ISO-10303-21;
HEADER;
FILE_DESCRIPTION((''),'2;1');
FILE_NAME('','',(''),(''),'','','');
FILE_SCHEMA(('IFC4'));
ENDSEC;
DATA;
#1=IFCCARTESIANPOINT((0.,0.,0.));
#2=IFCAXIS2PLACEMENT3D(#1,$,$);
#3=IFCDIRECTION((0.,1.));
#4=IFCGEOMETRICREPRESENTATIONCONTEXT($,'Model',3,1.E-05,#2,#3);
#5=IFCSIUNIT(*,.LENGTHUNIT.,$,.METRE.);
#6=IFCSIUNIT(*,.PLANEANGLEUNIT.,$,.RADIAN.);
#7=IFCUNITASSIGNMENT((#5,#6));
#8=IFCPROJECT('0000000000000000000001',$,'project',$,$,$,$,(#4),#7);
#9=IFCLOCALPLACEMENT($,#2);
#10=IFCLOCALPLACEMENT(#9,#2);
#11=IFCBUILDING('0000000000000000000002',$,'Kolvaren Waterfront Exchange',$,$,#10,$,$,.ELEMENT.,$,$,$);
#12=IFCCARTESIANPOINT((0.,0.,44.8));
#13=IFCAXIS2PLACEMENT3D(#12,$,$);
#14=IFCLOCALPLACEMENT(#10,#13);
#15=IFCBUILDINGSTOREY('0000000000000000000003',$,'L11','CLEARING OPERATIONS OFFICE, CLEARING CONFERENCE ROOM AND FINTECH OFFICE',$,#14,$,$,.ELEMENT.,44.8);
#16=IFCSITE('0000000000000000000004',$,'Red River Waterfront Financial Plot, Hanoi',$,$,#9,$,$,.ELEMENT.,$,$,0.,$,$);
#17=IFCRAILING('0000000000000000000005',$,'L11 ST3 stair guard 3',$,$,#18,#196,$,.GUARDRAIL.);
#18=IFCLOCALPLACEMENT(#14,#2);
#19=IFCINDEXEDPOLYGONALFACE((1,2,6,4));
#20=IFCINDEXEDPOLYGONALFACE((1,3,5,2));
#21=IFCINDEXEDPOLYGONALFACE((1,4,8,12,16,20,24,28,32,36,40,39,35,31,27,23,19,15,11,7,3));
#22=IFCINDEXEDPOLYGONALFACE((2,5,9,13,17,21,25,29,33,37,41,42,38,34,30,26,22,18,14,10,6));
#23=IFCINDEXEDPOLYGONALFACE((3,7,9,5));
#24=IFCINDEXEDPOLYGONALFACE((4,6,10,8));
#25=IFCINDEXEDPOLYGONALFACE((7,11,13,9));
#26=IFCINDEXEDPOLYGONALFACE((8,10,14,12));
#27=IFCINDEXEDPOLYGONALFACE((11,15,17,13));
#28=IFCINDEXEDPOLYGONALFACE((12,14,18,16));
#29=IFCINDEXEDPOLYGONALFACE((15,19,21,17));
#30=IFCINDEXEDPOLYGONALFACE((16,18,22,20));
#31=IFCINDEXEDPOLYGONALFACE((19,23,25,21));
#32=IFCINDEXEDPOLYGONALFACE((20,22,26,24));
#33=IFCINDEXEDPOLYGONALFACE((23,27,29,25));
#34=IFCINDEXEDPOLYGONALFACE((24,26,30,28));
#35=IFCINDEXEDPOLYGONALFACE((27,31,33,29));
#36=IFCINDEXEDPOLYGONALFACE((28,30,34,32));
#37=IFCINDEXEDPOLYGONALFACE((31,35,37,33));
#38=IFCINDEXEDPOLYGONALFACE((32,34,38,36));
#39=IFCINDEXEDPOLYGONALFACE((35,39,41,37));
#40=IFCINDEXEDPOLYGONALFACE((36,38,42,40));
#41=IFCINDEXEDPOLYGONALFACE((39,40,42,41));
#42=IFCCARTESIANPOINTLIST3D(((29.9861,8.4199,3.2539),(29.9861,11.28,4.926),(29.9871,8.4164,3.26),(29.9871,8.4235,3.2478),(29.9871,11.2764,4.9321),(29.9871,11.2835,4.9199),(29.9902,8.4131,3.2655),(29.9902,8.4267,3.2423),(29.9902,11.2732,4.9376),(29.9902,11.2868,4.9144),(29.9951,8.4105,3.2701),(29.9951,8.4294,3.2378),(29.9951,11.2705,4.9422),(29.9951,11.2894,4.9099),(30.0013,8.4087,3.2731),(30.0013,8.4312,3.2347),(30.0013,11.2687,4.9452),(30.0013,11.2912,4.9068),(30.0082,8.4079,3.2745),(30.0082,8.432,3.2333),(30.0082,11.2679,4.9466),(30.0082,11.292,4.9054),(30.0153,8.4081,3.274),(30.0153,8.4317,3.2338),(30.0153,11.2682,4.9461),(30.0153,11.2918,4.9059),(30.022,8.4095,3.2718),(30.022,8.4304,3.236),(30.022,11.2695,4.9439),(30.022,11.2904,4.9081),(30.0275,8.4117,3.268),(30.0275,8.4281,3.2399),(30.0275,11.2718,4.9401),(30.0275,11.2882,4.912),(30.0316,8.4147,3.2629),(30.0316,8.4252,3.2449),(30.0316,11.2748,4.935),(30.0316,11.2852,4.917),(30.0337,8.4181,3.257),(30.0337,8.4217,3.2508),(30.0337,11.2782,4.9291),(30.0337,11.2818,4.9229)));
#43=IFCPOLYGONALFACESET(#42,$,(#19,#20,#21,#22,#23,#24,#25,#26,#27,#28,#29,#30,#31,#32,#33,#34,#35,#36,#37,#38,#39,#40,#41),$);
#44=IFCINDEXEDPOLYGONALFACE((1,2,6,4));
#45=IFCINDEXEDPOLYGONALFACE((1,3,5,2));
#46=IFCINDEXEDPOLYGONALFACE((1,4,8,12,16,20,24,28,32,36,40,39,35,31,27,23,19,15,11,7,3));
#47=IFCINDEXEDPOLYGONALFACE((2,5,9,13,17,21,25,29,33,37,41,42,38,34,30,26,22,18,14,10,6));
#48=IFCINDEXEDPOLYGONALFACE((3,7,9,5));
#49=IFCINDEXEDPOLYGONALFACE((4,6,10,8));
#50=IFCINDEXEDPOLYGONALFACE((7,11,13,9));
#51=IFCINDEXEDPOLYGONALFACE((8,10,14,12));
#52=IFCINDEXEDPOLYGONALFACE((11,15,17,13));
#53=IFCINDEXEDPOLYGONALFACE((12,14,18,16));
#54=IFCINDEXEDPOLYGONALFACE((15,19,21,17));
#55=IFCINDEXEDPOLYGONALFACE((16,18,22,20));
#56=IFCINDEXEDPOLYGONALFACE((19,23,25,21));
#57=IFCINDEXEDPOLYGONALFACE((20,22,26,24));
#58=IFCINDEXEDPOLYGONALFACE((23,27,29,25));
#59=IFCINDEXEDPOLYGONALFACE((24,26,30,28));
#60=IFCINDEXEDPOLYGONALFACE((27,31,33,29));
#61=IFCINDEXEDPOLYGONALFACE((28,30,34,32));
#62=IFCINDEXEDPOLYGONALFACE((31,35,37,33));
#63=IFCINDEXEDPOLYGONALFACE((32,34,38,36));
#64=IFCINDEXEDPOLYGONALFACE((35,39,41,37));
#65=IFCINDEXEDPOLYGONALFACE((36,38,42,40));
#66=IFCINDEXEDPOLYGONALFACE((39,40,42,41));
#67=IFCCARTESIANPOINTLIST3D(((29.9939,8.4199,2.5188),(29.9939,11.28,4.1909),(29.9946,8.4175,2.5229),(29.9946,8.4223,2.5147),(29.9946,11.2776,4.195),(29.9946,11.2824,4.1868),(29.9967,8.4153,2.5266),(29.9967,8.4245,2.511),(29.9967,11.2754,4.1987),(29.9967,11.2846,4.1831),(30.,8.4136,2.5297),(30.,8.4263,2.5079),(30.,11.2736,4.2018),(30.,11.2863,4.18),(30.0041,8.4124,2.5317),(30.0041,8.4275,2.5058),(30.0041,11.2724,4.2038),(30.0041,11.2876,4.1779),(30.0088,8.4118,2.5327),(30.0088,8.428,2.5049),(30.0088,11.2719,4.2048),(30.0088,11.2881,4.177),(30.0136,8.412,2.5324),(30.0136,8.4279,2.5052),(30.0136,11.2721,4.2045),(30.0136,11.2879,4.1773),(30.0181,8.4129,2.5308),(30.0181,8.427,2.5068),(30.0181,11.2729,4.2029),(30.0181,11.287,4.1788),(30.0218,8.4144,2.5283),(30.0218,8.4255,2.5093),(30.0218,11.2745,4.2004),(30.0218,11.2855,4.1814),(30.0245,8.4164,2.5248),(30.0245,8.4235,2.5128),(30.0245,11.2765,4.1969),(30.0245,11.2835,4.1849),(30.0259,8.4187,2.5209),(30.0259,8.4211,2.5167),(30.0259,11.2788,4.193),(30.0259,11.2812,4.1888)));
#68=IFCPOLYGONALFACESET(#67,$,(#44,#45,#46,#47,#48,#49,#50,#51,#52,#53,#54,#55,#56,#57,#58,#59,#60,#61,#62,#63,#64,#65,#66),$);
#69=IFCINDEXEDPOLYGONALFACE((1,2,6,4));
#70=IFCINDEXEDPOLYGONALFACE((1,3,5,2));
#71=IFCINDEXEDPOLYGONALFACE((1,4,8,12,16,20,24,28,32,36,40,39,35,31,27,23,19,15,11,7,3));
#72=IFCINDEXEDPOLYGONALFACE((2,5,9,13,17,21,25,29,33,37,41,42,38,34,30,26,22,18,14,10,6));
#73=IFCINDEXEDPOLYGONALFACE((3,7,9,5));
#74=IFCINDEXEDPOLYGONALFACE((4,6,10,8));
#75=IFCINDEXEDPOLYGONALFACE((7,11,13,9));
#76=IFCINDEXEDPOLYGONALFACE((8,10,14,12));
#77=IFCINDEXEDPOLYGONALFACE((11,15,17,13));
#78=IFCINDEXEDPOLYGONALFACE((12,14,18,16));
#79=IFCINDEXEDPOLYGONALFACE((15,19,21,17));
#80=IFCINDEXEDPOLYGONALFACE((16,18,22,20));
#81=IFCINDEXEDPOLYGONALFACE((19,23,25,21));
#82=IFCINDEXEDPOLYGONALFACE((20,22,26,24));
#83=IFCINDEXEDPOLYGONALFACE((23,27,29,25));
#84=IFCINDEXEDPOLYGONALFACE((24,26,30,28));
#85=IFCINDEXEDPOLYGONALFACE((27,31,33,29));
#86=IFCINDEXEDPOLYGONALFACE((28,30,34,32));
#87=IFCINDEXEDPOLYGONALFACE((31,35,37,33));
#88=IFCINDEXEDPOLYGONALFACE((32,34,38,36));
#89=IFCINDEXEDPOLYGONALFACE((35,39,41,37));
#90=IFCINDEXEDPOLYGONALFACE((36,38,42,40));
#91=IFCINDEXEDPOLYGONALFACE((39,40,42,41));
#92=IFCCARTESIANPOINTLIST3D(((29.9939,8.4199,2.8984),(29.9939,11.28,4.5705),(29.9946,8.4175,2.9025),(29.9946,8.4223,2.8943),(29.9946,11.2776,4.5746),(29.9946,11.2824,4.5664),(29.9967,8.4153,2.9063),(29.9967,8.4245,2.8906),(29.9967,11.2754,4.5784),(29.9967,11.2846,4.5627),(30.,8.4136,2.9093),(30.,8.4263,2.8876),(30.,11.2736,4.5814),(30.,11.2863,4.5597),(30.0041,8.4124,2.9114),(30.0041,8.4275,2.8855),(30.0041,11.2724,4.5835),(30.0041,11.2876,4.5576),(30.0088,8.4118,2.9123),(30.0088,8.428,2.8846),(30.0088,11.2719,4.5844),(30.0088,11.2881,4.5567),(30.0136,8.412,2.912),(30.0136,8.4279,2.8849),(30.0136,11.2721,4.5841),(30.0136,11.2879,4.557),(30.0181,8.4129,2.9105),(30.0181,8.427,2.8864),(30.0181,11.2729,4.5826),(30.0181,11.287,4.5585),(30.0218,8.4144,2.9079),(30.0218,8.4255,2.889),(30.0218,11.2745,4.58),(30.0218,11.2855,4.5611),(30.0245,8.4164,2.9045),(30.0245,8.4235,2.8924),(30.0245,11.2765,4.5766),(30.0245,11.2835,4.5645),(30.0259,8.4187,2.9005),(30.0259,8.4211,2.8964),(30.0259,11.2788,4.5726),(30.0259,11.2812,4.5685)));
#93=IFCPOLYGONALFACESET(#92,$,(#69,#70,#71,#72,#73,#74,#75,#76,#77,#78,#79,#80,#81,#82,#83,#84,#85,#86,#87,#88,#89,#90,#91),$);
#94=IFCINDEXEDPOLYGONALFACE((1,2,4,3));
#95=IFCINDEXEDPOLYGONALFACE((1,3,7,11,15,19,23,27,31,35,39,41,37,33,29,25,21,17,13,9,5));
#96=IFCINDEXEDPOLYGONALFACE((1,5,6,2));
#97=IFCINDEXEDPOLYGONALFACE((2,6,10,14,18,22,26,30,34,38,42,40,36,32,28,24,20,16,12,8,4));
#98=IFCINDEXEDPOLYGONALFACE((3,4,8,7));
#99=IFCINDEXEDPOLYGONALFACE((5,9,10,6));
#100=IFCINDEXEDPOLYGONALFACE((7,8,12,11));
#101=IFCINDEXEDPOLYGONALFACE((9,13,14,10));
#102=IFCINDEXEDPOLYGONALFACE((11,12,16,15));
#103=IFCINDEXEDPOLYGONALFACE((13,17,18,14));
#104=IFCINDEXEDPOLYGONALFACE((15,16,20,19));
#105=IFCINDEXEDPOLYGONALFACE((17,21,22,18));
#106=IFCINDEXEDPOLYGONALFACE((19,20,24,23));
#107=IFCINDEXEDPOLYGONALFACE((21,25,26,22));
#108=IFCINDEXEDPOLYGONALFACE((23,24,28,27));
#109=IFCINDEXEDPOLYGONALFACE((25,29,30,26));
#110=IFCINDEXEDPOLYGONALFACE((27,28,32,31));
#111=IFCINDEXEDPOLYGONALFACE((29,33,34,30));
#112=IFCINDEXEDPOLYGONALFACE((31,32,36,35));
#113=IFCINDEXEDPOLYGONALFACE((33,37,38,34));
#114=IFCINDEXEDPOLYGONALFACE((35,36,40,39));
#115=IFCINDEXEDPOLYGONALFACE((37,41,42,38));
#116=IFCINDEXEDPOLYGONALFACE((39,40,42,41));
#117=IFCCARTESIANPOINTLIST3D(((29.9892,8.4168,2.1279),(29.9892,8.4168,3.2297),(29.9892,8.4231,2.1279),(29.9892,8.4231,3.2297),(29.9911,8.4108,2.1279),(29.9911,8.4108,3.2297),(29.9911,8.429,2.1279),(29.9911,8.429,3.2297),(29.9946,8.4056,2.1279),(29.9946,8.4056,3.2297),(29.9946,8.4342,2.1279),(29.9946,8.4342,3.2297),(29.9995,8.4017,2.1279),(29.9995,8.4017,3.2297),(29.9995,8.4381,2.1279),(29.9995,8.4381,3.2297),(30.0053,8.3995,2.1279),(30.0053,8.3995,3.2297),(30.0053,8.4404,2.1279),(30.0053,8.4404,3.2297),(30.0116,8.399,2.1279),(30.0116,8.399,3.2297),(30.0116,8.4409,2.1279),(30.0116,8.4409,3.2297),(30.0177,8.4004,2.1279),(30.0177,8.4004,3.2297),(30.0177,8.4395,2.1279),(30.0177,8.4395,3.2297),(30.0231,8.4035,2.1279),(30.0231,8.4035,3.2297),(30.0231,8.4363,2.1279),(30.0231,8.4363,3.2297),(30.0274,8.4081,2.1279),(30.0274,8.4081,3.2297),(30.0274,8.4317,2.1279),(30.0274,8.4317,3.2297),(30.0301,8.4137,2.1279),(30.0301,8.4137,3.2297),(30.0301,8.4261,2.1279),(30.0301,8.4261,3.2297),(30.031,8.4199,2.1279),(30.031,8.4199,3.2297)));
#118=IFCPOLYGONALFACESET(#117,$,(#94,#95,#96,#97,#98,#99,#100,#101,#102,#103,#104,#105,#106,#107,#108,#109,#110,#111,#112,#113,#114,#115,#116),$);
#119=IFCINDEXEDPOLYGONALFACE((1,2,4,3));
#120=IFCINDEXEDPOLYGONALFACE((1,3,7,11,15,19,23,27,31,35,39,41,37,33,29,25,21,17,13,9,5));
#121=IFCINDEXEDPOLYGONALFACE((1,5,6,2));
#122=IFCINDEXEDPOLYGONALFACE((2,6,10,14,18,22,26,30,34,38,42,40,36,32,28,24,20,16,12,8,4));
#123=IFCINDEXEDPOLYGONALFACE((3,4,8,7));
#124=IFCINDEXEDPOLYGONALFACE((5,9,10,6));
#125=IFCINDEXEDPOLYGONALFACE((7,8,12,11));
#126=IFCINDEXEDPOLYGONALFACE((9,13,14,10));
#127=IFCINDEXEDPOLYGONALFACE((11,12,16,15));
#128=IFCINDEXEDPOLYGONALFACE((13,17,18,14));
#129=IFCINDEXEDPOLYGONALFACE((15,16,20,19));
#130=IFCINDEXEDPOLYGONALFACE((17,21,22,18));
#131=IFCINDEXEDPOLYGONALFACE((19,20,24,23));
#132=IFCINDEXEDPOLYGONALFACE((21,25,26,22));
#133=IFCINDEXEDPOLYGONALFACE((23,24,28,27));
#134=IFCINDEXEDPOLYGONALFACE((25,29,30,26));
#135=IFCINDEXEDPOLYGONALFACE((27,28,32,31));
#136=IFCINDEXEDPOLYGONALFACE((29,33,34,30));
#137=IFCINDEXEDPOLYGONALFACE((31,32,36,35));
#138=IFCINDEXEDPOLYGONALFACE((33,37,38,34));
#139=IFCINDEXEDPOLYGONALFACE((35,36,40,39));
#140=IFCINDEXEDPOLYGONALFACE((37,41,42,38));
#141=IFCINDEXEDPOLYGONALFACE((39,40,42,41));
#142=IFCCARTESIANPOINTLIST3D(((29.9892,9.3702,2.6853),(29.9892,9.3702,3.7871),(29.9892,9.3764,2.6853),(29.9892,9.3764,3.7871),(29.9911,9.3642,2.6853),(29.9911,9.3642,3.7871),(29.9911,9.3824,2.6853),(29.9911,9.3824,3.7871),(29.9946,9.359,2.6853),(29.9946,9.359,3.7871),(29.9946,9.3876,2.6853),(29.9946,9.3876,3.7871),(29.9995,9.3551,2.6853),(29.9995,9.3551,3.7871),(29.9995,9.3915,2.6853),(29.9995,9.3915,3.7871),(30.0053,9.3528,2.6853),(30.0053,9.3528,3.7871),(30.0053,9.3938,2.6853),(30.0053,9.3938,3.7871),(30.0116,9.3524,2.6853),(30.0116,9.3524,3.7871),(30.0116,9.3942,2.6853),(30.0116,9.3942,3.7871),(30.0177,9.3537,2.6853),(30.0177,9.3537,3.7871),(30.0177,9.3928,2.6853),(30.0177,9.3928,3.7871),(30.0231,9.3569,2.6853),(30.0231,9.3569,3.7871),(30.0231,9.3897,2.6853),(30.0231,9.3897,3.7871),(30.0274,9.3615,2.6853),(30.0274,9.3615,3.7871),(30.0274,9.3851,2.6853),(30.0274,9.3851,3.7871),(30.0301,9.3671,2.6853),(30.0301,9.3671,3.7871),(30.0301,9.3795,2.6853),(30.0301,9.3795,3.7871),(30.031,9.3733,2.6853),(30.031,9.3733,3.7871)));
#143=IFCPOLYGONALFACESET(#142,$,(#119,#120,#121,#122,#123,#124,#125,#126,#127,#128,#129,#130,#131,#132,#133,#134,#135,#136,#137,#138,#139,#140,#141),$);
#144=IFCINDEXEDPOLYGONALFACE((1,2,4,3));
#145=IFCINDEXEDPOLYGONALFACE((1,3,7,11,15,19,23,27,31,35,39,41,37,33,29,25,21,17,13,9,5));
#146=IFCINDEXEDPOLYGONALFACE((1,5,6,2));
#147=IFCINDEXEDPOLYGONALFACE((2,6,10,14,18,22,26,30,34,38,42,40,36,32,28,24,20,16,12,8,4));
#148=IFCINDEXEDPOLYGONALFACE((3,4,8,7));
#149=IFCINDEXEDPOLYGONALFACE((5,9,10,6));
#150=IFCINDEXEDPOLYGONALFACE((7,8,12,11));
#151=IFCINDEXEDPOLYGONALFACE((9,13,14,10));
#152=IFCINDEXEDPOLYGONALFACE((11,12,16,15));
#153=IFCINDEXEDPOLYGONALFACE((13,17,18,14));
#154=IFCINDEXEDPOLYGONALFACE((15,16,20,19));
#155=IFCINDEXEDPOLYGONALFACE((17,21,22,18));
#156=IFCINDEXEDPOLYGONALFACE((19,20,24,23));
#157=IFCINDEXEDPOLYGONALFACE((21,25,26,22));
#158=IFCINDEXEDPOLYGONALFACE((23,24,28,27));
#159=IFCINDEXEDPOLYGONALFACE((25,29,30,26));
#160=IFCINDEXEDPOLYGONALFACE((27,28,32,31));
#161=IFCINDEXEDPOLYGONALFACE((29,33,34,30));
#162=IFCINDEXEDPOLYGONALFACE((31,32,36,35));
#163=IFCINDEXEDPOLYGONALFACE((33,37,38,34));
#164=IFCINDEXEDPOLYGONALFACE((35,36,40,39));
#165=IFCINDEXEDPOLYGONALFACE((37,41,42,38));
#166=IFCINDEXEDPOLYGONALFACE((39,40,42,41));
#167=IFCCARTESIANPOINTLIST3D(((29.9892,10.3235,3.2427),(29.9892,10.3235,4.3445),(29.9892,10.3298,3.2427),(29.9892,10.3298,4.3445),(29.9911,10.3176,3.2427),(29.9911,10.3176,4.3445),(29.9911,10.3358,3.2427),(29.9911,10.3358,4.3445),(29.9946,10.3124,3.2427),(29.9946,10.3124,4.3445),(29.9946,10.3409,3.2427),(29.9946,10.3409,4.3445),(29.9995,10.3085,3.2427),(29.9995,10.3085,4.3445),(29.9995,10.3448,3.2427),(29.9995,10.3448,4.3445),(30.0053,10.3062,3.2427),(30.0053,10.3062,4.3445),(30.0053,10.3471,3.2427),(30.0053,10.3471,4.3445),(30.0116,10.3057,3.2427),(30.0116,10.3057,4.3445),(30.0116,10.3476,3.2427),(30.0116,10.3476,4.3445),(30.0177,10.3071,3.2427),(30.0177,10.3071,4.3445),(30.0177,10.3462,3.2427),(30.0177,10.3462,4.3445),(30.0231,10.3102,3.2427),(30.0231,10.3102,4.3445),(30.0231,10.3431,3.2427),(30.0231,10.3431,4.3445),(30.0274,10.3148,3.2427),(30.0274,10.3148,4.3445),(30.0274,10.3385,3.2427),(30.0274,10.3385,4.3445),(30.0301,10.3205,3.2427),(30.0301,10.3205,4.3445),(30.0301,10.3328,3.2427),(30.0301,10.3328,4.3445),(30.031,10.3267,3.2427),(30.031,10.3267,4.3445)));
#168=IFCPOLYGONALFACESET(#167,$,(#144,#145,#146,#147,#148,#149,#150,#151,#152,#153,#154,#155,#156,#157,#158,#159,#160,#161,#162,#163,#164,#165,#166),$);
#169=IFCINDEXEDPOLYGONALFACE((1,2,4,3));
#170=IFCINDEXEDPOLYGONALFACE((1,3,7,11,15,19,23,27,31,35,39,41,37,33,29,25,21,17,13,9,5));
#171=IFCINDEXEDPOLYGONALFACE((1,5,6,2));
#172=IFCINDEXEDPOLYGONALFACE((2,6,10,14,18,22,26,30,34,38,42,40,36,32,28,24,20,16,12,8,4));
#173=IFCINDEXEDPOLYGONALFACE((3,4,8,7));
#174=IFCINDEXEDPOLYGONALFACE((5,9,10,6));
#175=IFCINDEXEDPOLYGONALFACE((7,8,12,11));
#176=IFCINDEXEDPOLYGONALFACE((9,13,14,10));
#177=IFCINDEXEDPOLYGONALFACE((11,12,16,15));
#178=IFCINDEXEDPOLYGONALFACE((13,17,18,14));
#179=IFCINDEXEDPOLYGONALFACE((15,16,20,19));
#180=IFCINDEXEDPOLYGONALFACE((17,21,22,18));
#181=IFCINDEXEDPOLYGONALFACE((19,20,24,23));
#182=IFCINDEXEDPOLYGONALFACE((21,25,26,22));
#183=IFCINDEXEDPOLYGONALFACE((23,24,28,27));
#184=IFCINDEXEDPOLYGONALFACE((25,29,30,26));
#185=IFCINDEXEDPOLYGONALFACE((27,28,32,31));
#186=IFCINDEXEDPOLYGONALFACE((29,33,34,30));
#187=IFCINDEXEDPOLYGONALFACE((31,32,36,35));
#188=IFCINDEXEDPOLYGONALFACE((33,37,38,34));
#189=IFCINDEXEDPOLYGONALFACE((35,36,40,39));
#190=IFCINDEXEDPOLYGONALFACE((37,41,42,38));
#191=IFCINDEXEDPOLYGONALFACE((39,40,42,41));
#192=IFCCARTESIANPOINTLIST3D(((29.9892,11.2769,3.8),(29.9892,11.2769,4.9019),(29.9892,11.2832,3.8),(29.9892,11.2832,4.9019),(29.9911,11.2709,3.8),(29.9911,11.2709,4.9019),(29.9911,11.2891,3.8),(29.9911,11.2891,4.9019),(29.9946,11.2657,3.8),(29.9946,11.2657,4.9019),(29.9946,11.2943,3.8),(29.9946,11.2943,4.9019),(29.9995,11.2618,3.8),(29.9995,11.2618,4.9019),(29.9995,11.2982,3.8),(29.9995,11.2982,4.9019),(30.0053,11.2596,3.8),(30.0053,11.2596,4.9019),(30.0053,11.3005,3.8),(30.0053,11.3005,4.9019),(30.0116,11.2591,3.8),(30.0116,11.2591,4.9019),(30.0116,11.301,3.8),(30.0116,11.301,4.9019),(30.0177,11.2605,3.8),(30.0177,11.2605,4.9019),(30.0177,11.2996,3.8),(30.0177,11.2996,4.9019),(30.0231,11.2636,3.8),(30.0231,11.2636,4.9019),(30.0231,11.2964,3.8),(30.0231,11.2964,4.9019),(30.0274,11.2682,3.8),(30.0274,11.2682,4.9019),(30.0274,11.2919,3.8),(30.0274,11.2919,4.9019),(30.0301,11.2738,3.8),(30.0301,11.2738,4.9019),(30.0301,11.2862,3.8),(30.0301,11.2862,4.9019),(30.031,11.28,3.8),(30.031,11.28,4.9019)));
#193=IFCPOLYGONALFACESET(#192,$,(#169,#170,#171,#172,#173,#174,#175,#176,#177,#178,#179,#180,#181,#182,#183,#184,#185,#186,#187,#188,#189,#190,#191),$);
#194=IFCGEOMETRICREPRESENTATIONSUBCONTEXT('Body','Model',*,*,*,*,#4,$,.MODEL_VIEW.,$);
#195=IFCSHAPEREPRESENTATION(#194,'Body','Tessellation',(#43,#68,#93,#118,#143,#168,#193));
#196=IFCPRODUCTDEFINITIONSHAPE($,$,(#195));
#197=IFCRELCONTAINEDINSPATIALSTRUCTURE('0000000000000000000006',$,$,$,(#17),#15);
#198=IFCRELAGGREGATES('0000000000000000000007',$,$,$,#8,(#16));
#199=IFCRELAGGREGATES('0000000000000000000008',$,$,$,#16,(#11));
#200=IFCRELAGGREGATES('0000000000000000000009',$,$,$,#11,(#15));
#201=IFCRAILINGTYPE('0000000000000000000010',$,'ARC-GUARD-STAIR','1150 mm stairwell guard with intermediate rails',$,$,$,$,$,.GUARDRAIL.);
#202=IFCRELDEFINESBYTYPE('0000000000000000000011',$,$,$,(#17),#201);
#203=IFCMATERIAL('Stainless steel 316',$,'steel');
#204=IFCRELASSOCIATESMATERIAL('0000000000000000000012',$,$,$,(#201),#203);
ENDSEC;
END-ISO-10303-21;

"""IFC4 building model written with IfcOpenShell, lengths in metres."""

from ifc_helpers import new_model, si_unit, direction, frame, origin, origin_2d, place, context, subcontext, project, spatial, circle, extrude, material, type_object, element, save


model = new_model("IFC4")

# Units and contexts
model_context = context("Model", 3, precision=1e-05, world=origin(), true_north=direction((0.0, 1.0)))
body_context = subcontext(model_context, "Body", "Model", "MODEL_VIEW")
ifc_project = project(units=[si_unit("LENGTHUNIT", "METRE"), si_unit("PLANEANGLEUNIT", "RADIAN")], contexts=[model_context])

# Site, building, storey
site_placement = place(None, origin())
site = spatial("IfcSite", under=ifc_project, at=site_placement, Name="Red River Waterfront Financial Plot, Hanoi", CompositionType="ELEMENT", RefElevation=0.0)
building_placement = place(site_placement, origin())
building = spatial("IfcBuilding", under=site, at=building_placement, Name="Kolvaren Waterfront Exchange", CompositionType="ELEMENT")
storey_placement = place(building_placement, frame((0.0, 0.0, 44.8)))
storey = spatial("IfcBuildingStorey", under=building, at=storey_placement, Name="L11", Description="CLEARING OPERATIONS OFFICE, CLEARING CONFERENCE ROOM AND FINTECH OFFICE", CompositionType="ELEMENT", Elevation=44.8)

# Railing
ifc_material_1 = material(Name="Stainless steel 316", Category="steel")
railing_type_1 = type_object("IfcRailingType", Name="ARC-GUARD-STAIR", Description="1150 mm stairwell guard with intermediate rails", PredefinedType="GUARDRAIL", material=ifc_material_1)
railing_1_placement = place(storey_placement, frame((30.01, 8.4199, 2.1279)))
element("IfcRailing", 1, at=railing_1_placement, inside=storey, type_object=railing_type_1, Name="L11 ST3 stair guard 3", PredefinedType="GUARDRAIL", context=body_context, shape_type="SweptSolid", body=[
    extrude(circle(Radius=0.0239, at=origin_2d()), frame((0.0, 0.0, 1.126), z_axis=(0.0, 0.863289, 0.504709), x_axis=(-1.0, 0.0, 0.0)), (0.0, 0.0, 1.0), 3.313),
    extrude(circle(Radius=0.0161, at=origin_2d()), frame((0.0, 0.0, 0.3909), z_axis=(0.0, 0.863289, 0.504709), x_axis=(-1.0, 0.0, 0.0)), (0.0, 0.0, 1.0), 3.313),
    extrude(circle(Radius=0.0161, at=origin_2d()), frame((0.0, 0.0, 0.7705), z_axis=(0.0, 0.863289, 0.504709), x_axis=(-1.0, 0.0, 0.0)), (0.0, 0.0, 1.0), 3.313),
    extrude(circle(Radius=0.021, at=origin_2d()), origin(), (0.0, 0.0, 1.0), 1.1018),
    extrude(circle(Radius=0.021, at=origin_2d()), frame((0.0, 0.9534, 0.5574)), (0.0, 0.0, 1.0), 1.1018),
    extrude(circle(Radius=0.021, at=origin_2d()), frame((0.0, 1.9067, 1.1147)), (0.0, 0.0, 1.0), 1.1018),
    extrude(circle(Radius=0.021, at=origin_2d()), frame((0.0, 2.8601, 1.6721)), (0.0, 0.0, 1.0), 1.1018),
])

save(model, "model.ifc")
